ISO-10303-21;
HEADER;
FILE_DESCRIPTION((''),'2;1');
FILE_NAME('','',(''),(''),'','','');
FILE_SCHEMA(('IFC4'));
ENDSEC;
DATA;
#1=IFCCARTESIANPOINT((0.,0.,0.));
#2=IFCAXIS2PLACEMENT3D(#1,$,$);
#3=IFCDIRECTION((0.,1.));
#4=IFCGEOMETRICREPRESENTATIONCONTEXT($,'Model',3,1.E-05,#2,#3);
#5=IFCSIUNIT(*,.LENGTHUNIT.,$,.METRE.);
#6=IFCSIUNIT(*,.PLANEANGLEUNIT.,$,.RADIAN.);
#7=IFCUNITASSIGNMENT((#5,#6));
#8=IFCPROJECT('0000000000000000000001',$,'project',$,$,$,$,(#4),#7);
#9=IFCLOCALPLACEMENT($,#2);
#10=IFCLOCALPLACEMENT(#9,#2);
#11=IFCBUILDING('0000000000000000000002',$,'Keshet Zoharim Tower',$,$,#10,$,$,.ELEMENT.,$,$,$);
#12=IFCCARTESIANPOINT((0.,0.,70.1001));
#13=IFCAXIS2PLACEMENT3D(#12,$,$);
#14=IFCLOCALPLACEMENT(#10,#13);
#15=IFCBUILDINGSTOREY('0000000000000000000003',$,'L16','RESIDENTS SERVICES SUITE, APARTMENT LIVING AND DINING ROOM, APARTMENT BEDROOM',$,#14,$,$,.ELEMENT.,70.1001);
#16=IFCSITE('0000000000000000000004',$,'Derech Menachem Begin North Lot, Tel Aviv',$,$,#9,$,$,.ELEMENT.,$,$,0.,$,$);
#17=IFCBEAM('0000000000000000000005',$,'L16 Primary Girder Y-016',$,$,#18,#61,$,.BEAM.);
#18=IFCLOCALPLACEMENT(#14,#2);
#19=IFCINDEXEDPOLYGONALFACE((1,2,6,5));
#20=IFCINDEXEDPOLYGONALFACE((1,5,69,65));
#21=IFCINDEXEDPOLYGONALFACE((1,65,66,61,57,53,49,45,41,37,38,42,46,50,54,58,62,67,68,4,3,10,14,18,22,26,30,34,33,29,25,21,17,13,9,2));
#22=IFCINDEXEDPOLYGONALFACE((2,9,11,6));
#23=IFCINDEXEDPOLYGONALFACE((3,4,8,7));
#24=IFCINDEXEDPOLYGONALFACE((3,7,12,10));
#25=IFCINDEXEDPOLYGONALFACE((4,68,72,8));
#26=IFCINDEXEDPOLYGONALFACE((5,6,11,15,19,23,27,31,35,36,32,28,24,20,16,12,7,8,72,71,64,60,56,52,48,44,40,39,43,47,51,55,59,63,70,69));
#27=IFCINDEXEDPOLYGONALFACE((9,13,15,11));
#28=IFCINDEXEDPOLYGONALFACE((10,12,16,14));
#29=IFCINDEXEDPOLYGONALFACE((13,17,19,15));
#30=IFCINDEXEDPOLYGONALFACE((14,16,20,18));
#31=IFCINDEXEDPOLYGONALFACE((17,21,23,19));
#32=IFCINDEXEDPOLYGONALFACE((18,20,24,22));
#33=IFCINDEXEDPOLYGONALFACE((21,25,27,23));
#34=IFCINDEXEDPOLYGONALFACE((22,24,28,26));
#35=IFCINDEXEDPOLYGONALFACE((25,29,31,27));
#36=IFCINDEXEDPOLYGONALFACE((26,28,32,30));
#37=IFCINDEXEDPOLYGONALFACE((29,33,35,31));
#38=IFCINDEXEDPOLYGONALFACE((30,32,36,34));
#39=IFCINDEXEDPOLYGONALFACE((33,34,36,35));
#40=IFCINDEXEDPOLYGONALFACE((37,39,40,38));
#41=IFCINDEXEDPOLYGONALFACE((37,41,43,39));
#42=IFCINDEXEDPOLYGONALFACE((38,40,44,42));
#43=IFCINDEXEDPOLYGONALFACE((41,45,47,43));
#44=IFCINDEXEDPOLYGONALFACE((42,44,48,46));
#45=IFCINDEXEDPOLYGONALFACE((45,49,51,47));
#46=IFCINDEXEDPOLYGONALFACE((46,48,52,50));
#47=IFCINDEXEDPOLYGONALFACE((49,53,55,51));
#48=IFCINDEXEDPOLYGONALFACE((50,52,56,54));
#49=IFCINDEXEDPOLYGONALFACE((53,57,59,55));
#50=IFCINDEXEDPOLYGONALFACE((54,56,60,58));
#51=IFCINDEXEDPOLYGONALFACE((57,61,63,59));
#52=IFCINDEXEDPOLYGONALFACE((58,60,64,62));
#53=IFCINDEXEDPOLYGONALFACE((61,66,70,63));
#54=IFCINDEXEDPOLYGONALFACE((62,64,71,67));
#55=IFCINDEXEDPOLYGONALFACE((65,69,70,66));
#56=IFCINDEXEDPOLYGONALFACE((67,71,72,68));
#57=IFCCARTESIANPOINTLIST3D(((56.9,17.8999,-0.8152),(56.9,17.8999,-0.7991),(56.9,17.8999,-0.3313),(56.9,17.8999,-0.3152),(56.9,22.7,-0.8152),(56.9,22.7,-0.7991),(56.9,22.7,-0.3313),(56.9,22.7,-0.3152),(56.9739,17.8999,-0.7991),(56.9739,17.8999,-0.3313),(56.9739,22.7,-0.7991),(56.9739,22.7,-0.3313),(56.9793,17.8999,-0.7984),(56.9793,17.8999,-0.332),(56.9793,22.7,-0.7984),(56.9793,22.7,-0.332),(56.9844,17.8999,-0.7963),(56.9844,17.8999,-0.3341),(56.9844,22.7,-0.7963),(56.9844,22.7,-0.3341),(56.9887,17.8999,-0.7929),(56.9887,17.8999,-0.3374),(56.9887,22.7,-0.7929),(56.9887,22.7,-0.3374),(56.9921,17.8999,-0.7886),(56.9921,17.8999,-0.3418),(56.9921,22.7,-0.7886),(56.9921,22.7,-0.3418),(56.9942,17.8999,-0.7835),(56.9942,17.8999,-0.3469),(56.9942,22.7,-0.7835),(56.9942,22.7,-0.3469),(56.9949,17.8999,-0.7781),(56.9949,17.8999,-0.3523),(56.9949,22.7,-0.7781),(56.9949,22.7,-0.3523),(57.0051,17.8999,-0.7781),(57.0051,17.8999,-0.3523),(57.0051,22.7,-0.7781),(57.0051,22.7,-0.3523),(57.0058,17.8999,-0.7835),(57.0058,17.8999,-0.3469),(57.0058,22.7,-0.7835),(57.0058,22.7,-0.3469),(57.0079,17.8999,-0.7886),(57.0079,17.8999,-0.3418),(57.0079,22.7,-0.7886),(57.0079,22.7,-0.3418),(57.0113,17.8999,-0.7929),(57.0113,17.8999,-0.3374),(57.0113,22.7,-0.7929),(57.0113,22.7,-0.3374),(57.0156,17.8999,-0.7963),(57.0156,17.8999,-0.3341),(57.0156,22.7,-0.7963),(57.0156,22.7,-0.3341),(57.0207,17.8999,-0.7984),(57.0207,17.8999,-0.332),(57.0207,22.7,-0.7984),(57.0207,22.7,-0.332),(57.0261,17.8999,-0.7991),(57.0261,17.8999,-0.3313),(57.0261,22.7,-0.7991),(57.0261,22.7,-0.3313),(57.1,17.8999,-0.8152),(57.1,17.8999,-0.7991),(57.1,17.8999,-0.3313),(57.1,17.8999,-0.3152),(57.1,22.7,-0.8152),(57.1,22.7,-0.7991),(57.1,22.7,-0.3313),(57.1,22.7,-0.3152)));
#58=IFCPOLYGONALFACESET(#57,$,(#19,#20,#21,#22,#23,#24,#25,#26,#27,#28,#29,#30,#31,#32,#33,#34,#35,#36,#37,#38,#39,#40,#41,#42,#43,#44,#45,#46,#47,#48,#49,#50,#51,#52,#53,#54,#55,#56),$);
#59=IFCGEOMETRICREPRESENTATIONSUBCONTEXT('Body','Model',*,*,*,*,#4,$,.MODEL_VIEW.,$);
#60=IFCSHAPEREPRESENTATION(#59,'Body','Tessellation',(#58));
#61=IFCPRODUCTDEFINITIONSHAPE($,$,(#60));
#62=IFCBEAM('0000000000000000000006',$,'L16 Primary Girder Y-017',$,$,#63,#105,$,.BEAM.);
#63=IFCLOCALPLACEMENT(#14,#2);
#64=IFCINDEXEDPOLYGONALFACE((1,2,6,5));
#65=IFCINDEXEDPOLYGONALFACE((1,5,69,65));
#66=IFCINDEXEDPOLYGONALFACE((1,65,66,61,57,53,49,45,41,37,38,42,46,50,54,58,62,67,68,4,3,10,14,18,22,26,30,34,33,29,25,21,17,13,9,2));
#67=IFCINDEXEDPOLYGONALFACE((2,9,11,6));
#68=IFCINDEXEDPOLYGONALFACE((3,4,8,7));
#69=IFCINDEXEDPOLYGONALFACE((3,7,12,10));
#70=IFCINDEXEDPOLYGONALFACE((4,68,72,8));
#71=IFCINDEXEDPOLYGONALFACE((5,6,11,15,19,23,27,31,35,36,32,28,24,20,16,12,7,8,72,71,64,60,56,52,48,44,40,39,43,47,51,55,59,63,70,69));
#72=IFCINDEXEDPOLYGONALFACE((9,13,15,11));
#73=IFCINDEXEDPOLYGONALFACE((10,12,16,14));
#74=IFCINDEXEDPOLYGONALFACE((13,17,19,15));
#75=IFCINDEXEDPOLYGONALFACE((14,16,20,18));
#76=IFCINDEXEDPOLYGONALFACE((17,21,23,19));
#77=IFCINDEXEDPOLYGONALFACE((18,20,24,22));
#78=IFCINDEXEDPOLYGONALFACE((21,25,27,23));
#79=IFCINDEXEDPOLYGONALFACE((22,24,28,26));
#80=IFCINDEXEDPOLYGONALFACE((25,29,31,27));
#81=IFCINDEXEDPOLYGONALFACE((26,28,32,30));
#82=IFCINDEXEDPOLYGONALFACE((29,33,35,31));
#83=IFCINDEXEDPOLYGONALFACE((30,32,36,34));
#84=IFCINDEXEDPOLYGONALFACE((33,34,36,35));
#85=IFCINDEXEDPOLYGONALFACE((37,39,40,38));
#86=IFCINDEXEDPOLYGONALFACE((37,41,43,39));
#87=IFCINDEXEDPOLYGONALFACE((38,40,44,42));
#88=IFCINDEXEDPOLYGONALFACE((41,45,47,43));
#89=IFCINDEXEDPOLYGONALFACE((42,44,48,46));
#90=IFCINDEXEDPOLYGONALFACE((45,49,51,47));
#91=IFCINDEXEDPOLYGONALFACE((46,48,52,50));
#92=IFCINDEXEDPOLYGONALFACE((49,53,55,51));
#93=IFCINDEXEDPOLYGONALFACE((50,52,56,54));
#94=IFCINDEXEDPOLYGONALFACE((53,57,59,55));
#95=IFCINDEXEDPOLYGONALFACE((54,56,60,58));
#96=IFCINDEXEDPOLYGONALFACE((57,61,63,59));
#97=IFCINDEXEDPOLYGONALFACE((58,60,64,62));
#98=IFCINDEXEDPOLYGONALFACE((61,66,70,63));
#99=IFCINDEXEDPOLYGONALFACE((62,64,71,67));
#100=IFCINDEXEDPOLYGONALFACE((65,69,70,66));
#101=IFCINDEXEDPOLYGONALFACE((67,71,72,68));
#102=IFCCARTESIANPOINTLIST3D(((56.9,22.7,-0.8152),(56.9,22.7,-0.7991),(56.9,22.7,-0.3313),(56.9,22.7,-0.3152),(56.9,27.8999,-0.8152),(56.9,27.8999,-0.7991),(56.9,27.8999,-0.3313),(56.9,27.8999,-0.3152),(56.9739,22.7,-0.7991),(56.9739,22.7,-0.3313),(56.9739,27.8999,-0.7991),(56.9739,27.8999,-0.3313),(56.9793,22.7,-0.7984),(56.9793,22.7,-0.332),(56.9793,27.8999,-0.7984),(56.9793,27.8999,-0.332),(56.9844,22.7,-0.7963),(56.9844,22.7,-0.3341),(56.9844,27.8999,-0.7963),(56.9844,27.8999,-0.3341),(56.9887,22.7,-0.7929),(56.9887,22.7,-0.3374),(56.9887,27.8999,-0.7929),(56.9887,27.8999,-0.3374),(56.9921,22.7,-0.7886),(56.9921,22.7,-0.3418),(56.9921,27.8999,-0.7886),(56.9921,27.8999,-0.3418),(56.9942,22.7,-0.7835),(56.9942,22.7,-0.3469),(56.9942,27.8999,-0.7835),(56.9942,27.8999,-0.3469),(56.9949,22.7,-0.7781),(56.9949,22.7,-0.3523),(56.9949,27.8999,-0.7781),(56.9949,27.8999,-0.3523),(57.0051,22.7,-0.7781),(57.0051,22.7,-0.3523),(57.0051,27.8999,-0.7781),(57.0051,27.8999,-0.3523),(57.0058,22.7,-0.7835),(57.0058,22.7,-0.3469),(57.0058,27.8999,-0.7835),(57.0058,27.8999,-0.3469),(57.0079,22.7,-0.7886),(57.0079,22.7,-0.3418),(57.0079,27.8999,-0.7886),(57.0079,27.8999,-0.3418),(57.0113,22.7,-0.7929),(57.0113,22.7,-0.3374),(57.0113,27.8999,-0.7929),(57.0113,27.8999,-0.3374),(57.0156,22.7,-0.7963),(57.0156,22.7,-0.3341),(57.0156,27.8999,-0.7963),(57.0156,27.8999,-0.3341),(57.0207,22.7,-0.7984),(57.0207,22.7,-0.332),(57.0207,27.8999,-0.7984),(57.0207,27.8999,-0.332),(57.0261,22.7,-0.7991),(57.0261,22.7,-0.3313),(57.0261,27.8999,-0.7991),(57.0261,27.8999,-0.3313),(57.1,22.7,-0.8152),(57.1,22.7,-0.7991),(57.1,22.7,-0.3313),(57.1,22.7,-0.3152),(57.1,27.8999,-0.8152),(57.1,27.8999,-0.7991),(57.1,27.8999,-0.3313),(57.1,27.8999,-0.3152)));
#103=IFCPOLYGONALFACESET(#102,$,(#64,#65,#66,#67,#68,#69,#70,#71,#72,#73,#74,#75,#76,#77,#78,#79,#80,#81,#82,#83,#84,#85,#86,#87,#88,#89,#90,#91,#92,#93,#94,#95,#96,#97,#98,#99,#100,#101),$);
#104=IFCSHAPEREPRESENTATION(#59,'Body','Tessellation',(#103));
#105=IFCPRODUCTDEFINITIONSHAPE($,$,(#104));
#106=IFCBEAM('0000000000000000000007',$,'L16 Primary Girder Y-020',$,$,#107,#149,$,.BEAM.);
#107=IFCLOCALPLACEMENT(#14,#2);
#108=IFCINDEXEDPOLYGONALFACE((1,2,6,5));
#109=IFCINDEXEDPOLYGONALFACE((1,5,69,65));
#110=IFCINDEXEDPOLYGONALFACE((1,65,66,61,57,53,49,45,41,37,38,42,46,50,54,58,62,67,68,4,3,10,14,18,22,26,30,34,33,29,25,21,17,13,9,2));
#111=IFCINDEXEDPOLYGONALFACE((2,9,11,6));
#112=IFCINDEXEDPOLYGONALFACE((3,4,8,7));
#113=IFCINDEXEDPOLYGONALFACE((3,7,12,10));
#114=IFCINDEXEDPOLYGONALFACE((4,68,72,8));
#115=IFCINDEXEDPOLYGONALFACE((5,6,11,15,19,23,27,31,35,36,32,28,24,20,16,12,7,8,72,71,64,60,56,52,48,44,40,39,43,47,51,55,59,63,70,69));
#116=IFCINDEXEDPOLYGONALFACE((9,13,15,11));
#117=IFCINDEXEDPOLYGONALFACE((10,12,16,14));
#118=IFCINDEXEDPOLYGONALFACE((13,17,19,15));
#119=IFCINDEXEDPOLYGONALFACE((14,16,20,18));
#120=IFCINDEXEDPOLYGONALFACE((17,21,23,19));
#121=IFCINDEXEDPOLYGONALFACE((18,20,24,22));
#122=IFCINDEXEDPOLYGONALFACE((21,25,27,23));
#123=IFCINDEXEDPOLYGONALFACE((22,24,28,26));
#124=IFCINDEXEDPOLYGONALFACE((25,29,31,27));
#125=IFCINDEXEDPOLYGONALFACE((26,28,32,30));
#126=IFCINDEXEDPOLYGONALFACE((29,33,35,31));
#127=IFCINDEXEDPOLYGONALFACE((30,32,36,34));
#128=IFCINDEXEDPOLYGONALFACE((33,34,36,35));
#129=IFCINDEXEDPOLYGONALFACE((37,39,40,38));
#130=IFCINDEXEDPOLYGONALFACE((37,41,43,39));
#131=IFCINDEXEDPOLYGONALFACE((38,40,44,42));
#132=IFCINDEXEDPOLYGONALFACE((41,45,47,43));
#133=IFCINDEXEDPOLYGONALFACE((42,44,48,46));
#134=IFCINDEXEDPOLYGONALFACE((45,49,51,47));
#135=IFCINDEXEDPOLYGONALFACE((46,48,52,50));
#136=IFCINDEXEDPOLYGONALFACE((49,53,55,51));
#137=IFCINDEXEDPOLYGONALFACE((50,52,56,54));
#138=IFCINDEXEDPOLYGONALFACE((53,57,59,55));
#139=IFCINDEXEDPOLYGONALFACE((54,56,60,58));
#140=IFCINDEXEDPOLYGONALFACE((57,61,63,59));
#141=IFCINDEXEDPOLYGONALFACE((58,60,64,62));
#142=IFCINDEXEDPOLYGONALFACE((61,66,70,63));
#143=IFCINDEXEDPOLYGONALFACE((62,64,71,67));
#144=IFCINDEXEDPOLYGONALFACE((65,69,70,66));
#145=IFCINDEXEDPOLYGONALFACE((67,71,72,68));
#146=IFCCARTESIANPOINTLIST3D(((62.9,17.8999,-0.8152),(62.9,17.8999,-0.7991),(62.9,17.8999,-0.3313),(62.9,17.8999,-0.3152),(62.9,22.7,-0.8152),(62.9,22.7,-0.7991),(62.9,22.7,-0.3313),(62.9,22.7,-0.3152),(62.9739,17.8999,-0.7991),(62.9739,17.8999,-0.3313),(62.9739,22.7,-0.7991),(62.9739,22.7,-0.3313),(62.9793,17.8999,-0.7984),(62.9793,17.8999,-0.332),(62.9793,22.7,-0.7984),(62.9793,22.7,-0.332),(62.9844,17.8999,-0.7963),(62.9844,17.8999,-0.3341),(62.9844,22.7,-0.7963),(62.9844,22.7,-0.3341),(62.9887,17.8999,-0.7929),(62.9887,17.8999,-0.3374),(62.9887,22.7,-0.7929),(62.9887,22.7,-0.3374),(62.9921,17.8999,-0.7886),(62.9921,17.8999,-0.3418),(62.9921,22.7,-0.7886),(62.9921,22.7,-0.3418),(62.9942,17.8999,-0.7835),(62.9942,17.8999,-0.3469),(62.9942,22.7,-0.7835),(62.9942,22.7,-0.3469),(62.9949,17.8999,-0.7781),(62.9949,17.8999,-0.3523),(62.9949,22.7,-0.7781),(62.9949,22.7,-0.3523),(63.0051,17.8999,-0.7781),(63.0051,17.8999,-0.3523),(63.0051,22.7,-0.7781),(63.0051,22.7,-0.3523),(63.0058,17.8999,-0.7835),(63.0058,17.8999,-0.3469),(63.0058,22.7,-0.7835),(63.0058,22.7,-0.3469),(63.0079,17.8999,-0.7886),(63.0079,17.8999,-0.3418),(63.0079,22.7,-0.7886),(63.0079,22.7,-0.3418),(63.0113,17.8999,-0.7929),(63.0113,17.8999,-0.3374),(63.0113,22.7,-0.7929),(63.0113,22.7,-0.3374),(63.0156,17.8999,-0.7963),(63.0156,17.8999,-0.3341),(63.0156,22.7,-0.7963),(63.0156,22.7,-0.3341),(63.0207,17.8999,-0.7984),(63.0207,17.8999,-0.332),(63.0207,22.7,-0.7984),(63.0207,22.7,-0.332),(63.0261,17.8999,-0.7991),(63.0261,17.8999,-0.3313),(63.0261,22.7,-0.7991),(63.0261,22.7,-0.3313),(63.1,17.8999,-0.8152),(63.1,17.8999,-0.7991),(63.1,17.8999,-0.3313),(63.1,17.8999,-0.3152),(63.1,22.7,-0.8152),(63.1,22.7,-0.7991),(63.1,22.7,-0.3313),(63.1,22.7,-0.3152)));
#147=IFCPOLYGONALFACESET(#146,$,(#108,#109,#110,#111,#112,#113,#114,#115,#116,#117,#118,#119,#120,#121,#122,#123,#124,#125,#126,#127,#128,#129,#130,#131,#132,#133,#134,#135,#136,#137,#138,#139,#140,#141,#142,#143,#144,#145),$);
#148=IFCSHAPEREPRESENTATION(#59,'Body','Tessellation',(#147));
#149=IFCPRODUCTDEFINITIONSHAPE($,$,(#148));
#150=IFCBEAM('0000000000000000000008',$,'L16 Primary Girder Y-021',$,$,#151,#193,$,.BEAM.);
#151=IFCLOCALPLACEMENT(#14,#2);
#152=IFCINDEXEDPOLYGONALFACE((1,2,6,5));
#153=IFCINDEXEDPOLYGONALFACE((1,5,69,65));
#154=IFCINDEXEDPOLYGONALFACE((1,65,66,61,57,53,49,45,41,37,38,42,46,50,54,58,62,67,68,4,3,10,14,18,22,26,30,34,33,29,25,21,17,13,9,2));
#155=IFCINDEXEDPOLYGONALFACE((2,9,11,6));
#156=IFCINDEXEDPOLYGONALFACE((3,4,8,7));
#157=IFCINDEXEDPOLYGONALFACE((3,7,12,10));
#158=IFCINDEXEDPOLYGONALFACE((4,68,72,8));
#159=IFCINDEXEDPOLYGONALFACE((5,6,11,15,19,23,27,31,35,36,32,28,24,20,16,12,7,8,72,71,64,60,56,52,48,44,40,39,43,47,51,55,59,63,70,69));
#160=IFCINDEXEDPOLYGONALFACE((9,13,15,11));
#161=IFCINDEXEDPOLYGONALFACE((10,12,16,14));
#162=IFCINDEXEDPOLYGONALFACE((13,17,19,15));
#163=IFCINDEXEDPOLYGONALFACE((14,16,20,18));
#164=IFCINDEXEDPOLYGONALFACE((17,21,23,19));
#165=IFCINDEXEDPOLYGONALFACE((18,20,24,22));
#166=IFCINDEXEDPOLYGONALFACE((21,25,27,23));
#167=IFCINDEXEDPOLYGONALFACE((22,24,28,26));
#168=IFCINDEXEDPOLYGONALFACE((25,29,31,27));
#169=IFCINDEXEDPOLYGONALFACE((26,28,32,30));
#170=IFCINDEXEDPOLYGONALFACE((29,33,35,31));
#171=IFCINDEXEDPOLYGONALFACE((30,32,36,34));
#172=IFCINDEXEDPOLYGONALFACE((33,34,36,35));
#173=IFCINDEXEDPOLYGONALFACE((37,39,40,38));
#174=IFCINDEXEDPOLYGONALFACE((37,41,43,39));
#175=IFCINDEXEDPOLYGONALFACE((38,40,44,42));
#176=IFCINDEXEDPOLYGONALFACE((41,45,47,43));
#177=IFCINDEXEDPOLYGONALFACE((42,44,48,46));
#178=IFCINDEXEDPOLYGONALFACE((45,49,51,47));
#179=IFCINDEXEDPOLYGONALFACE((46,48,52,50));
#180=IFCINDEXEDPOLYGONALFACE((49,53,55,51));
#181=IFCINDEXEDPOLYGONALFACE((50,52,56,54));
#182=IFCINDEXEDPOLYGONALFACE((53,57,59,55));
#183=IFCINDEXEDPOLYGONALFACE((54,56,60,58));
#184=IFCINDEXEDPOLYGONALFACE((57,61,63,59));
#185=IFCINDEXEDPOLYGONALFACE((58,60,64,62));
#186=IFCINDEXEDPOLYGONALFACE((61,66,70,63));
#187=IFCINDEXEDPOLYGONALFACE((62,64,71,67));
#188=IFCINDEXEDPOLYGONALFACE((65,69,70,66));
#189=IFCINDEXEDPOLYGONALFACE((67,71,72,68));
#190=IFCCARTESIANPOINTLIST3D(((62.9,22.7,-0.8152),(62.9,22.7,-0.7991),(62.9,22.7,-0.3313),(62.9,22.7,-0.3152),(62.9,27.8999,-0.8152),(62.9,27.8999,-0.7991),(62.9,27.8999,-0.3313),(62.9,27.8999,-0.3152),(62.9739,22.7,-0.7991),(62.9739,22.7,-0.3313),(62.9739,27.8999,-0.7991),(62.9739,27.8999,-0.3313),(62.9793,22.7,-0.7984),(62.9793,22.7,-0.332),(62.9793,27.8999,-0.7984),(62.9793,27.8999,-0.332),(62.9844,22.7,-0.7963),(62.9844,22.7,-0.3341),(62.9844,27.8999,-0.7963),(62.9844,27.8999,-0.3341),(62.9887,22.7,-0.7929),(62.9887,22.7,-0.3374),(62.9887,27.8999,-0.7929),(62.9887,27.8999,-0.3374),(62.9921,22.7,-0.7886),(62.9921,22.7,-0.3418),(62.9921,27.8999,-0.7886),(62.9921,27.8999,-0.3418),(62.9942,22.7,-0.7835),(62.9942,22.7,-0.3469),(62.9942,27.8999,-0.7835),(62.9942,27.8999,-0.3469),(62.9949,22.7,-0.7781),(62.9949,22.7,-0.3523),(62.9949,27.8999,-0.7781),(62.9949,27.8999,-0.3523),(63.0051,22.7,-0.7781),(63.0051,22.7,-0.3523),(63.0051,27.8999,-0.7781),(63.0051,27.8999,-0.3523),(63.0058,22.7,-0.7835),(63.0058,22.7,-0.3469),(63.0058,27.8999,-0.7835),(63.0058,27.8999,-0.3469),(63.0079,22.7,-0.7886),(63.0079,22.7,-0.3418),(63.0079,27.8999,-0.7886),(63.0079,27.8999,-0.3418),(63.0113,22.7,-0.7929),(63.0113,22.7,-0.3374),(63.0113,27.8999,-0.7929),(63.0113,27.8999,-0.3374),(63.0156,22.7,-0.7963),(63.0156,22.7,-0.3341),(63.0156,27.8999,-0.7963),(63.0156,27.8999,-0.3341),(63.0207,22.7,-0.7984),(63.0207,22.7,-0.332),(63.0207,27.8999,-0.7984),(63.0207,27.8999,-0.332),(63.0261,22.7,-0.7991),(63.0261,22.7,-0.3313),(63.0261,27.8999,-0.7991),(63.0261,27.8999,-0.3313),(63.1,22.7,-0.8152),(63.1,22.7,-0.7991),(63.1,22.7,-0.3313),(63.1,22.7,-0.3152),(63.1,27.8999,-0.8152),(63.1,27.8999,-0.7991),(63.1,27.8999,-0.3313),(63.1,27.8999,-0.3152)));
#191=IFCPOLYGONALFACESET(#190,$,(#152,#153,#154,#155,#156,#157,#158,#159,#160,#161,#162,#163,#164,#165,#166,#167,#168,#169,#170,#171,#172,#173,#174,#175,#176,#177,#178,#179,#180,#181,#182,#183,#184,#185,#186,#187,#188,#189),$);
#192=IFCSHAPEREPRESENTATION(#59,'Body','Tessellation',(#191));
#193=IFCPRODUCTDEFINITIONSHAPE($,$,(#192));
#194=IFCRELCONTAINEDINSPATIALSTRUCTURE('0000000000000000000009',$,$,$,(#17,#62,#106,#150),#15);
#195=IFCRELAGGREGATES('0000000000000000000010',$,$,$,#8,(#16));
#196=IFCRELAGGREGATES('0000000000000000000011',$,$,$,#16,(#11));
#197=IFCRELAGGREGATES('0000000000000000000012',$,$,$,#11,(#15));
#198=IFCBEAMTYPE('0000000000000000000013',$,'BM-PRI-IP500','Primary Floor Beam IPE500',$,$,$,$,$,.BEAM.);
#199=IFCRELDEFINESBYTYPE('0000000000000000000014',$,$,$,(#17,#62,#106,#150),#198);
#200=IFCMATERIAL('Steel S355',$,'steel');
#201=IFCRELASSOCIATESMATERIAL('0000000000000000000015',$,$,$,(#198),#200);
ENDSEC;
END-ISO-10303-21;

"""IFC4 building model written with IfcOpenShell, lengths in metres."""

from ifc_helpers import new_model, si_unit, direction, frame, origin, origin_2d, place, context, subcontext, project, spatial, i_section, extrude, material, material_profile, profile_set, type_object, element, save


model = new_model("IFC4")

# Units and contexts
model_context = context("Model", 3, precision=1e-05, world=origin(), true_north=direction((0.0, 1.0)))
body_context = subcontext(model_context, "Body", "Model", "MODEL_VIEW")
ifc_project = project(units=[si_unit("LENGTHUNIT", "METRE"), si_unit("PLANEANGLEUNIT", "RADIAN")], contexts=[model_context])

# Site, building, storey
site_placement = place(None, origin())
site = spatial("IfcSite", under=ifc_project, at=site_placement, Name="Derech Menachem Begin North Lot, Tel Aviv", CompositionType="ELEMENT", RefElevation=0.0)
building_placement = place(site_placement, origin())
building = spatial("IfcBuilding", under=site, at=building_placement, Name="Keshet Zoharim Tower", CompositionType="ELEMENT")
storey_placement = place(building_placement, frame((0.0, 0.0, 70.1001)))
storey = spatial("IfcBuildingStorey", under=building, at=storey_placement, Name="L16", Description="RESIDENTS SERVICES SUITE, APARTMENT LIVING AND DINING ROOM, APARTMENT BEDROOM", CompositionType="ELEMENT", Elevation=70.1001)

# Shared definitions
ifc_material_1 = material(Name="Steel S355", Category="steel")

# Beams
ifc_material_profile_1 = material_profile(ifc_material_1, i_section(OverallWidth=0.2, OverallDepth=0.5, WebThickness=0.0103, FlangeThickness=0.0161, FilletRadius=0.021, at=origin_2d()), Name="IPE500")
ifc_profile_set_1 = profile_set([ifc_material_profile_1], Name="Steel S355")
beam_type_1 = type_object("IfcBeamType", Name="BM-PRI-IP500", Description="Primary Floor Beam IPE500", PredefinedType="BEAM", material=ifc_profile_set_1)
beam_1_placement = place(storey_placement, frame((57.0, 17.8999, -0.5652), z_axis=(0.0, 1.0, 0.0), x_axis=(-1.0, 0.0, 0.0)))
element("IfcBeam", 1, at=beam_1_placement, inside=storey, type_object=beam_type_1, Name="L16 Primary Girder Y-016", PredefinedType="BEAM", context=body_context, shape_type="SweptSolid", body=[
    extrude(i_section(OverallWidth=0.2, OverallDepth=0.5, WebThickness=0.0103, FlangeThickness=0.0161, FilletRadius=0.021, at=origin_2d()), origin(), (0.0, 0.0, 1.0), 4.8),
])
beam_2_placement = place(storey_placement, frame((57.0, 22.7, -0.5652), z_axis=(0.0, 1.0, 0.0), x_axis=(-1.0, 0.0, 0.0)))
element("IfcBeam", 2, at=beam_2_placement, inside=storey, type_object=beam_type_1, Name="L16 Primary Girder Y-017", PredefinedType="BEAM", context=body_context, shape_type="SweptSolid", body=[
    extrude(i_section(OverallWidth=0.2, OverallDepth=0.5, WebThickness=0.0103, FlangeThickness=0.0161, FilletRadius=0.021, at=origin_2d()), origin(), (0.0, 0.0, 1.0), 5.2),
])
beam_3_placement = place(storey_placement, frame((63.0, 17.8999, -0.5652), z_axis=(0.0, 1.0, 0.0), x_axis=(-1.0, 0.0, 0.0)))
element("IfcBeam", 3, at=beam_3_placement, inside=storey, type_object=beam_type_1, Name="L16 Primary Girder Y-020", PredefinedType="BEAM", context=body_context, shape_type="SweptSolid", body=[
    extrude(i_section(OverallWidth=0.2, OverallDepth=0.5, WebThickness=0.0103, FlangeThickness=0.0161, FilletRadius=0.021, at=origin_2d()), origin(), (0.0, 0.0, 1.0), 4.8),
])
beam_4_placement = place(storey_placement, frame((63.0, 22.7, -0.5652), z_axis=(0.0, 1.0, 0.0), x_axis=(-1.0, 0.0, 0.0)))
element("IfcBeam", 4, at=beam_4_placement, inside=storey, type_object=beam_type_1, Name="L16 Primary Girder Y-021", PredefinedType="BEAM", context=body_context, shape_type="SweptSolid", body=[
    extrude(i_section(OverallWidth=0.2, OverallDepth=0.5, WebThickness=0.0103, FlangeThickness=0.0161, FilletRadius=0.021, at=origin_2d()), origin(), (0.0, 0.0, 1.0), 5.2),
])

save(model, "model.ifc")
